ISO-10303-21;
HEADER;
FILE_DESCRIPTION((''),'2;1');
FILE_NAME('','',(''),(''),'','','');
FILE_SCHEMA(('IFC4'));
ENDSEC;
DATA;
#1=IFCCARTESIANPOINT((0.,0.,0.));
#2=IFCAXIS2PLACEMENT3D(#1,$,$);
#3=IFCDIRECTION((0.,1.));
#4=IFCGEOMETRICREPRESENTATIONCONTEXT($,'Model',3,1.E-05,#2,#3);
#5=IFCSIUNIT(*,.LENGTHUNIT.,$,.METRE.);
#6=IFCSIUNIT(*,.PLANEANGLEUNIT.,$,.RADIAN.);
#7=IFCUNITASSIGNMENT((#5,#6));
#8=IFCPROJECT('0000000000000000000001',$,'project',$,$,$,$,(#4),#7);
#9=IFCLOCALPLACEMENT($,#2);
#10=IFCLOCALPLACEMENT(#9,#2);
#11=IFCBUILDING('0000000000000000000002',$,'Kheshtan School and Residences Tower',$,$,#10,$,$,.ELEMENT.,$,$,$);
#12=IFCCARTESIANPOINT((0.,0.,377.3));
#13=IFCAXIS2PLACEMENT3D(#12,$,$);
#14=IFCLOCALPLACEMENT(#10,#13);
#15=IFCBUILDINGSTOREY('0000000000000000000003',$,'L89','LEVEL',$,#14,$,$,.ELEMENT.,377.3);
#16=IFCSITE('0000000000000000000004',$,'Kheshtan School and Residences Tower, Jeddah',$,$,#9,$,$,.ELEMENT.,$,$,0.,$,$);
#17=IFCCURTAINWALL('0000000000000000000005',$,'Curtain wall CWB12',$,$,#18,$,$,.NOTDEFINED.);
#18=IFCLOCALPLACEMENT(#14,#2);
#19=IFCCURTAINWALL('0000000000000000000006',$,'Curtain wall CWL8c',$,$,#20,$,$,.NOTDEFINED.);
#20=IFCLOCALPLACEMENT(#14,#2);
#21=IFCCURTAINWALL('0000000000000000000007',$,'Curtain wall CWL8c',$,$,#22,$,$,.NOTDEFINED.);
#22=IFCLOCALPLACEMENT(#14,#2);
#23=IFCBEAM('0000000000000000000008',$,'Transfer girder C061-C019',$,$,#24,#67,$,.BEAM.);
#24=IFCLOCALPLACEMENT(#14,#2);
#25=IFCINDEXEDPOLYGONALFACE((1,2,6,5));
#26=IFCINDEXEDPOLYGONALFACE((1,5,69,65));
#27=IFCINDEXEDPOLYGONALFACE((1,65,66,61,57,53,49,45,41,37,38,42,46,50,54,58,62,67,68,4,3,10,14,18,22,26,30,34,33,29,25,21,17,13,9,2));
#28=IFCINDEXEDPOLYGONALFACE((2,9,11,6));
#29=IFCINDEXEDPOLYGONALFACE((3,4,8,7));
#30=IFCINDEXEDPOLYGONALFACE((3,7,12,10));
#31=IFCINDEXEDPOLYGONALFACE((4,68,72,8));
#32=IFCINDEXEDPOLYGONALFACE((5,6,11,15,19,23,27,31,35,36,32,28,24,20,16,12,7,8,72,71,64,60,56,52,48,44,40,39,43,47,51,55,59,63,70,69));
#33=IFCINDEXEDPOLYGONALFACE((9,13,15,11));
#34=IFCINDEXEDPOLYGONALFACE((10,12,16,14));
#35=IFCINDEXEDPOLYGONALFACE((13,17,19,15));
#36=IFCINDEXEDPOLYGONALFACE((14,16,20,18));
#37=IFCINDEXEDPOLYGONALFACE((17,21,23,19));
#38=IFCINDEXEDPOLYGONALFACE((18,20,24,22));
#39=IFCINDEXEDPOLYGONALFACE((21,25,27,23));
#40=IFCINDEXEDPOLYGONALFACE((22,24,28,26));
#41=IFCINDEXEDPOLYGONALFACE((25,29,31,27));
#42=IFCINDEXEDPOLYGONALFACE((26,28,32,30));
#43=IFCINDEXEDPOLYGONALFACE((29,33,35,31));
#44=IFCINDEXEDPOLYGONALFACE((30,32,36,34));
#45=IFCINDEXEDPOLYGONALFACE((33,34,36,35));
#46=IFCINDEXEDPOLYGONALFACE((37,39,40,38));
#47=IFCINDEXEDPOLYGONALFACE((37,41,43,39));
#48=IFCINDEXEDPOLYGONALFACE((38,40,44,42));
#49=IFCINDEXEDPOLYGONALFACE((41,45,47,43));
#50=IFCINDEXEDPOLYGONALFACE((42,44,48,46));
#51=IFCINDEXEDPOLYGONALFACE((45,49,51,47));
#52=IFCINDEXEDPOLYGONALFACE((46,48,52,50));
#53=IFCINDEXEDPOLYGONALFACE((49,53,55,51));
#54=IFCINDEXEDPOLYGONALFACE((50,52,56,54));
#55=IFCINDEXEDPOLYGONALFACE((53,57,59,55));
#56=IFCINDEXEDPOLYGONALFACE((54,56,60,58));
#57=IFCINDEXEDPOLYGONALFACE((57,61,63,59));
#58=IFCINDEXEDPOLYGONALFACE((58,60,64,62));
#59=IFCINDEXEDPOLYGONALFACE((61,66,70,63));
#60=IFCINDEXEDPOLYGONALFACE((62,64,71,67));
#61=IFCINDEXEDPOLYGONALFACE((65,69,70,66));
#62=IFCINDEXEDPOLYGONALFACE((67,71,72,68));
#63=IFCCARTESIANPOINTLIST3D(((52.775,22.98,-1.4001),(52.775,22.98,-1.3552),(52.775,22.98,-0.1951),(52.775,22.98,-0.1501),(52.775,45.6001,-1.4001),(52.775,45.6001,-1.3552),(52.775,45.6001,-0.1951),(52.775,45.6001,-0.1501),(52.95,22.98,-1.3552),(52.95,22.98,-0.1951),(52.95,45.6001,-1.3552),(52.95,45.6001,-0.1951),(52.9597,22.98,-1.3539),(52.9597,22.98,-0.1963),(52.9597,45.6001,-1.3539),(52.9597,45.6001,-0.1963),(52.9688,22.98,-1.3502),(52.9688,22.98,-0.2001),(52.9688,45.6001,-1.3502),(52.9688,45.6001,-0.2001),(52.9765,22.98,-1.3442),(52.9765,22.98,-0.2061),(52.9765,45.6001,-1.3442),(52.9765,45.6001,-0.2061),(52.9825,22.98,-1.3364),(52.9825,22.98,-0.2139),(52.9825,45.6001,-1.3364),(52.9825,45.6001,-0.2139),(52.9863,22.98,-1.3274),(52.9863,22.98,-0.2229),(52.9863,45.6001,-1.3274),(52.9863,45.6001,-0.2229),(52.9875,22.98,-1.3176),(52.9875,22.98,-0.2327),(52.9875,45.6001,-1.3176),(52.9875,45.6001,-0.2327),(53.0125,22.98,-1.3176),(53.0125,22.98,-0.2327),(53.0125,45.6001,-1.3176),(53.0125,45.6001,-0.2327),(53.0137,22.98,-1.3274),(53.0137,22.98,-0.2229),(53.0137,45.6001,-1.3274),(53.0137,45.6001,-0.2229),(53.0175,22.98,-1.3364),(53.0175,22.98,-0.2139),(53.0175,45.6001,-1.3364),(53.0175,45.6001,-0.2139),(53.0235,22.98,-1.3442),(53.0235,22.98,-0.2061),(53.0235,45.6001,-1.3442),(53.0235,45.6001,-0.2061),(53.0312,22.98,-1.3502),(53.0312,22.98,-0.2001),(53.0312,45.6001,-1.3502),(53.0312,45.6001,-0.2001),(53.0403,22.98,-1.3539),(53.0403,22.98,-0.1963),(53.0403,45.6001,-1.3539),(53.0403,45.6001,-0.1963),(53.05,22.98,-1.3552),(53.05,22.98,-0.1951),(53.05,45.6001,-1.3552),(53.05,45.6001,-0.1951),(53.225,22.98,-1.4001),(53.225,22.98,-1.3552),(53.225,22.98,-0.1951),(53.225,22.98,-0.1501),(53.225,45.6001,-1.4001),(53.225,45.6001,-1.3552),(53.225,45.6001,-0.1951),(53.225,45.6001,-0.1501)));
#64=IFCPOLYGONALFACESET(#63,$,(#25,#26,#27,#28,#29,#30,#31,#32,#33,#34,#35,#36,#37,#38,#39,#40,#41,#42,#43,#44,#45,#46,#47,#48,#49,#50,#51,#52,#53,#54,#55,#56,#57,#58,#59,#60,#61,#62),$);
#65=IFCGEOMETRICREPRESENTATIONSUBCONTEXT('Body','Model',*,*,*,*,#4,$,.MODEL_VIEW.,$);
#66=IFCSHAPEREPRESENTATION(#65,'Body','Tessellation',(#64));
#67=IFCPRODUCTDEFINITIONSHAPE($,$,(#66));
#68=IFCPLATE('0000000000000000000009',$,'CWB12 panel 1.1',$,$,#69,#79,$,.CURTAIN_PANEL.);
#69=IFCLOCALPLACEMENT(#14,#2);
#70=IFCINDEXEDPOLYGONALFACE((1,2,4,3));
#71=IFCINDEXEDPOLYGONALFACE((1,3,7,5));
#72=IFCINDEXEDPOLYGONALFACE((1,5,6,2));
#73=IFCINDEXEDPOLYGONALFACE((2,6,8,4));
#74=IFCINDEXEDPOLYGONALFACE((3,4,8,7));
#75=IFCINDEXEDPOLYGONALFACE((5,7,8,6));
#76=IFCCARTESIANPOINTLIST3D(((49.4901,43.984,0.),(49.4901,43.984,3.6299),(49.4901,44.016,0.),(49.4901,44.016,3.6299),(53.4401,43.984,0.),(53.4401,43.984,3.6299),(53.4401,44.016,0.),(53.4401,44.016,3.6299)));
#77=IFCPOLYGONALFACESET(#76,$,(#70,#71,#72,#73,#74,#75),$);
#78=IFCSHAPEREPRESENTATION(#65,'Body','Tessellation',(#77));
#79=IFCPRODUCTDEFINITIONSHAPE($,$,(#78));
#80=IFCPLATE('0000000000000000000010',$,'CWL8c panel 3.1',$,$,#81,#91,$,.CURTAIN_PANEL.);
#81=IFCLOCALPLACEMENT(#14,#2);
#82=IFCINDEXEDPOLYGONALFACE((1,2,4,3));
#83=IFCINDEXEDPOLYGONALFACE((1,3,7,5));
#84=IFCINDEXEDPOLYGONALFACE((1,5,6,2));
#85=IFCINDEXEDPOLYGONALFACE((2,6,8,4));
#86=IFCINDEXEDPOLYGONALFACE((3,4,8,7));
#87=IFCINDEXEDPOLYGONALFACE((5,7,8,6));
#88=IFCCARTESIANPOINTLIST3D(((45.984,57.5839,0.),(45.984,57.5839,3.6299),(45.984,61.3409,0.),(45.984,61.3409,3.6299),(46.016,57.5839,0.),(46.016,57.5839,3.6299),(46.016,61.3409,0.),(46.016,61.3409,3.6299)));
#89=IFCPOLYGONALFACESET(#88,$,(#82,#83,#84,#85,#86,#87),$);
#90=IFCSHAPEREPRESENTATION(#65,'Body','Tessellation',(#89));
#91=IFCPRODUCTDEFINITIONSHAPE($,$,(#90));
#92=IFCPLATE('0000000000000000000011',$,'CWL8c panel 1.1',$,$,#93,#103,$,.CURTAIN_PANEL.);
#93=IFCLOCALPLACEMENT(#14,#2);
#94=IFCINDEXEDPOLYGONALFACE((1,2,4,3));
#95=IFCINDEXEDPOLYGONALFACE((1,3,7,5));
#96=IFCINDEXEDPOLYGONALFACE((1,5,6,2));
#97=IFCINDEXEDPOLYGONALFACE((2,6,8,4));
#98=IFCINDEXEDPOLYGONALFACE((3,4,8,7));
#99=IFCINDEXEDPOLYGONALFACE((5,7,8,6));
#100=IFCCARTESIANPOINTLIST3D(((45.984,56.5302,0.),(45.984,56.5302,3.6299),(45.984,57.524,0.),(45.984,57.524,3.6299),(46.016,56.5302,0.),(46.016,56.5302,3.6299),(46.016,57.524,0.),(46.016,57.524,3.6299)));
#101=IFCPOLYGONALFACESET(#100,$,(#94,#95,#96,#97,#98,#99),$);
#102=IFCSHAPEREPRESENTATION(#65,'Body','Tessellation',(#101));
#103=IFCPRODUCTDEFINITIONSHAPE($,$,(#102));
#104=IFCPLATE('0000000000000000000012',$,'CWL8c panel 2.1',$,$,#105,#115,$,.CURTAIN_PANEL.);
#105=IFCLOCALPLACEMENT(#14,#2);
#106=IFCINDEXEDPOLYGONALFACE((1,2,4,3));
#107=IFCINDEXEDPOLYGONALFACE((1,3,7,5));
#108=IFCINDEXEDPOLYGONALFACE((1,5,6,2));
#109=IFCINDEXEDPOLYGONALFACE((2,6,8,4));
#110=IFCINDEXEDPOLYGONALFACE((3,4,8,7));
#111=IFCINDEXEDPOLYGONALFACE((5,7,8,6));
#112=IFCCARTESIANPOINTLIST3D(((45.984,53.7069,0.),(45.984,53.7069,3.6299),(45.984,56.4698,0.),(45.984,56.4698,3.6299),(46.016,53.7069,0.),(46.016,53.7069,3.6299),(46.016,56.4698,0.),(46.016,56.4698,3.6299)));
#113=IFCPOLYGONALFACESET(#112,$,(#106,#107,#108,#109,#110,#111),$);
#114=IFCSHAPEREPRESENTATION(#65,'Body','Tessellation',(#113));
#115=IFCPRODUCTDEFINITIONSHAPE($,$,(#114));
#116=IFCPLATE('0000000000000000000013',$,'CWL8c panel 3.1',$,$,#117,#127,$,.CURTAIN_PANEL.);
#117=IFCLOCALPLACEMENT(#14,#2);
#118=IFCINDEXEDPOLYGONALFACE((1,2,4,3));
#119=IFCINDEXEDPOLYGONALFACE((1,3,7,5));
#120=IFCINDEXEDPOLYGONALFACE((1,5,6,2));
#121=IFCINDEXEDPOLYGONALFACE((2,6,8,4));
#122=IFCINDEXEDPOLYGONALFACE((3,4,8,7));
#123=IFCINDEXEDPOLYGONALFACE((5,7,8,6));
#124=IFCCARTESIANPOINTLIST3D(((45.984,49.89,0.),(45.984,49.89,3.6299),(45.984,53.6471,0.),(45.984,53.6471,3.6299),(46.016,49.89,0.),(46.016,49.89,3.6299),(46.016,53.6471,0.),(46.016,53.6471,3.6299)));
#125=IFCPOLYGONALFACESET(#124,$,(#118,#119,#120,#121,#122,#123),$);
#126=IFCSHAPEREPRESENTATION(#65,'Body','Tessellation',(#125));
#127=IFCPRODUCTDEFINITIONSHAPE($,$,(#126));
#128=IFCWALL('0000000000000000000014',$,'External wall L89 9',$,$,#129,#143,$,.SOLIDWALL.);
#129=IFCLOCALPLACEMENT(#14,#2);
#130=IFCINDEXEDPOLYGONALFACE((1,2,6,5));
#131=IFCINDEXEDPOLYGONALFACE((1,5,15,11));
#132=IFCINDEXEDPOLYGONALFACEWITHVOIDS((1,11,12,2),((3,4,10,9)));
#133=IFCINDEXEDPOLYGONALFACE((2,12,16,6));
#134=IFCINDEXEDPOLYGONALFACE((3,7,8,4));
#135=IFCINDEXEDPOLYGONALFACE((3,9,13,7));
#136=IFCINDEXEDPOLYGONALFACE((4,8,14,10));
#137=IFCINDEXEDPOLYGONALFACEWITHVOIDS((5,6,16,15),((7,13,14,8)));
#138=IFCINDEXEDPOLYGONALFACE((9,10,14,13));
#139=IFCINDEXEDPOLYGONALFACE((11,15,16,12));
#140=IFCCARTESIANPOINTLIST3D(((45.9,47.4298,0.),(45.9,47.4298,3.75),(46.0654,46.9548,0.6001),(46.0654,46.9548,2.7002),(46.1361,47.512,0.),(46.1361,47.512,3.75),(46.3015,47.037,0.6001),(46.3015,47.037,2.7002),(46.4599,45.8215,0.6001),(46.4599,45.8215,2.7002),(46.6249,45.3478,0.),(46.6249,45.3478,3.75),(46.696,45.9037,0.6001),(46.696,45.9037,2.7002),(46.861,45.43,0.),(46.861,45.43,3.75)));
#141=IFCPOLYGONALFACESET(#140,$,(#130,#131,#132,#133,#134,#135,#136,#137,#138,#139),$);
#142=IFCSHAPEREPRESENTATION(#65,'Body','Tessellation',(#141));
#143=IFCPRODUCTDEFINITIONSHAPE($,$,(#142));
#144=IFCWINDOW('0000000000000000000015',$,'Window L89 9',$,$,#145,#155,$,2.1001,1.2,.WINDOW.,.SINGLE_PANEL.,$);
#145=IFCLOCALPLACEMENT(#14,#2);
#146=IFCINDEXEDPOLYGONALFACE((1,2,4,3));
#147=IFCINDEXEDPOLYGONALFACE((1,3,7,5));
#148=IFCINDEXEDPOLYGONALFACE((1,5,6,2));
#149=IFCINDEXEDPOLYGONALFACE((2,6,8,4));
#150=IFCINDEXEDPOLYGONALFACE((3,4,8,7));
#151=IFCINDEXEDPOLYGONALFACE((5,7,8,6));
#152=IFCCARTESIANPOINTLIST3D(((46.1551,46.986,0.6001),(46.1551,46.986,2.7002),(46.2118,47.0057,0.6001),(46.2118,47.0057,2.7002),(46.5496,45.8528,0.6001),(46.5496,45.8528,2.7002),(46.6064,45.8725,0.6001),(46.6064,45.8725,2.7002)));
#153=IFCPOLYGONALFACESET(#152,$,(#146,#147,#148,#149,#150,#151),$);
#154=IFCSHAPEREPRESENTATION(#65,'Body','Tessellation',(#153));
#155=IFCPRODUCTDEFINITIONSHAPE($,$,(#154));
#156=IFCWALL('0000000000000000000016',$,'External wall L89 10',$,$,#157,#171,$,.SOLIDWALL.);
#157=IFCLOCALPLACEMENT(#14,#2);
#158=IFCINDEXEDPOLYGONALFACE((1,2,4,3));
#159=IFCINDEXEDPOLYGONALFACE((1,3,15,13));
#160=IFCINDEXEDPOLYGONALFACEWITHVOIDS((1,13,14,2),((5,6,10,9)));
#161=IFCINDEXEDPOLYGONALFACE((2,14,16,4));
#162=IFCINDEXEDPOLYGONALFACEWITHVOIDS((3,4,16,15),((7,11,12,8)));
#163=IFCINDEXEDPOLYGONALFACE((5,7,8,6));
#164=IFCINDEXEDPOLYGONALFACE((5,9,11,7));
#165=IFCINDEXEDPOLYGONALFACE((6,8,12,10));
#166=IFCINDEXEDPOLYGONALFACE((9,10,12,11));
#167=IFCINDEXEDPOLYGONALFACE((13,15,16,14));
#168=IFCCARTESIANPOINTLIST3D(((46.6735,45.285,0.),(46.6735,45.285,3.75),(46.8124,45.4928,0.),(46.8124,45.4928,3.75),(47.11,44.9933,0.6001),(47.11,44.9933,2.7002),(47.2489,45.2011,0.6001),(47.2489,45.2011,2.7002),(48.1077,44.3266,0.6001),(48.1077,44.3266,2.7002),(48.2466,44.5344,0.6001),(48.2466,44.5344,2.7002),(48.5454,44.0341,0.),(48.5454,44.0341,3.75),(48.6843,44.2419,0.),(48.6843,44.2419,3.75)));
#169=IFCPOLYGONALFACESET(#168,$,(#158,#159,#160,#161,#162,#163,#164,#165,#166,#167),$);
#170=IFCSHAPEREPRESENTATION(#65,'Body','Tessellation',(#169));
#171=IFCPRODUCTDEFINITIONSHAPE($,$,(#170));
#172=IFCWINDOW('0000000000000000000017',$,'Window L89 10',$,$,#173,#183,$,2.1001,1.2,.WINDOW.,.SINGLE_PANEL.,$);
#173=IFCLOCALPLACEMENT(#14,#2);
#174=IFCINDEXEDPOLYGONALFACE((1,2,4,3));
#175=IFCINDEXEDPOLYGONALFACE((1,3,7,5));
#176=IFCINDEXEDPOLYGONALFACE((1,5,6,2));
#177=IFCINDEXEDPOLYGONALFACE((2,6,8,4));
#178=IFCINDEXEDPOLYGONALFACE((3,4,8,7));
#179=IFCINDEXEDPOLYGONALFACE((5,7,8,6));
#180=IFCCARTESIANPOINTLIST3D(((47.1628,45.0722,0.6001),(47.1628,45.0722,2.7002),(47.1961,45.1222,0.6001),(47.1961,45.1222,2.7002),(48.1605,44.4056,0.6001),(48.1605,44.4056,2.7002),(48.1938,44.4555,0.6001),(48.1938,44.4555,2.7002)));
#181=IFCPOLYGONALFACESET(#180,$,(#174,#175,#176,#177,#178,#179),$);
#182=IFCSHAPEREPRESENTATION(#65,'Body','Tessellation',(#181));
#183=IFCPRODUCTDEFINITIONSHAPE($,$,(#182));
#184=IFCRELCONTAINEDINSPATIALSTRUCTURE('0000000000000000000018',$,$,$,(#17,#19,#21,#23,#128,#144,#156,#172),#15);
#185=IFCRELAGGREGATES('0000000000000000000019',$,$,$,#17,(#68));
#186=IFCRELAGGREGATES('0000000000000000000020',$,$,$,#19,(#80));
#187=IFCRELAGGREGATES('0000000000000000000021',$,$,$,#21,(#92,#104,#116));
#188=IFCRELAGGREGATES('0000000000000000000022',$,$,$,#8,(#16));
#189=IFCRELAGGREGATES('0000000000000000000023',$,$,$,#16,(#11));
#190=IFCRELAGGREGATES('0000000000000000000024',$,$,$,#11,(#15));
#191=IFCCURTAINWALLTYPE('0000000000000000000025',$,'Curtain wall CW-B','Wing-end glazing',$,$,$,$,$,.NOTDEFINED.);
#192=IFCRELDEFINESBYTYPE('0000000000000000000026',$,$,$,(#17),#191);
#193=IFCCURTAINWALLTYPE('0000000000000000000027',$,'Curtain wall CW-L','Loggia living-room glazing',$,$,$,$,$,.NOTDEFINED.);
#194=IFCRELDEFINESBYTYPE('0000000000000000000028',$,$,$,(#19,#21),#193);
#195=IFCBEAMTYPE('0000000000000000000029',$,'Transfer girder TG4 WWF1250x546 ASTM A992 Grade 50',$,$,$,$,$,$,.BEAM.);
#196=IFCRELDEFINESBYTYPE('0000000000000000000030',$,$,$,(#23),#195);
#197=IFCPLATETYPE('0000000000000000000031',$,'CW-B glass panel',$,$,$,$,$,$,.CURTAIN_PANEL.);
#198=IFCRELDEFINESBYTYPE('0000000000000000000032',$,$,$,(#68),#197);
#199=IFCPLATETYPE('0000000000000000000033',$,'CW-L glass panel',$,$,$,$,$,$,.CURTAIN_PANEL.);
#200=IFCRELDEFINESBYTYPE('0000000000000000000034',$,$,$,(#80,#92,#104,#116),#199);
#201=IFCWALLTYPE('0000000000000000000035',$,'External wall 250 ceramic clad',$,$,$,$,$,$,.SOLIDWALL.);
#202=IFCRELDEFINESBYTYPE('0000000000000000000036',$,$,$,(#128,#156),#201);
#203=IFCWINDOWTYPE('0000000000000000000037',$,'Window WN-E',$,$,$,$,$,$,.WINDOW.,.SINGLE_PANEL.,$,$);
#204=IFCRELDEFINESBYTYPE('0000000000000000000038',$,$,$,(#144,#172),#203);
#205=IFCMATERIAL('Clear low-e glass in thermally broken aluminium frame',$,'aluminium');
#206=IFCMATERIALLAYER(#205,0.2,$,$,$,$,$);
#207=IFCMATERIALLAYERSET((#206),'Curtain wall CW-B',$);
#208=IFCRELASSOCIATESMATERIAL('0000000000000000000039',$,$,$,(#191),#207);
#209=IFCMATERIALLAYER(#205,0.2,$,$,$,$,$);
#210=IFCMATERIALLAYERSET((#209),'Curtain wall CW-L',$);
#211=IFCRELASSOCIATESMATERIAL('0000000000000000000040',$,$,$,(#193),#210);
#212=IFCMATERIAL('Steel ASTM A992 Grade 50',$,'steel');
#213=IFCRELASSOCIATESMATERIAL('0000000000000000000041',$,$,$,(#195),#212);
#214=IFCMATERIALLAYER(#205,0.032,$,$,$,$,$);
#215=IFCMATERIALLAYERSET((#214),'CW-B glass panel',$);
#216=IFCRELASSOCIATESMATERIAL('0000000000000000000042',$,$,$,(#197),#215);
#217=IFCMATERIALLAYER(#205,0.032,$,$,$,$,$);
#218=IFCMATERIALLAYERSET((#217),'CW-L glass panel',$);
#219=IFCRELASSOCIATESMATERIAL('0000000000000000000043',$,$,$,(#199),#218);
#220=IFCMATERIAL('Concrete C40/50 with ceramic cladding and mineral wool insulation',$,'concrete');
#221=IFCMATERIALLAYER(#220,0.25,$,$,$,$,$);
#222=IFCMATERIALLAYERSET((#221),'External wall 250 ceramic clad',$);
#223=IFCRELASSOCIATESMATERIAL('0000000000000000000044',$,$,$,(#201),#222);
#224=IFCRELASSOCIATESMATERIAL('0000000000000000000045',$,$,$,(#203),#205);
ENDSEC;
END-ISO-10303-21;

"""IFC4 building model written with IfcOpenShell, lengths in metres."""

from ifc_helpers import new_model, si_unit, direction, frame, frame_2d, origin, origin_2d, place, context, subcontext, project, spatial, rectangle, i_section, extrude, source, transform, mapped, material, layer, layer_set, material_profile, profile_set, type_object, element, fill, aggregate, save


model = new_model("IFC4")

# Units and contexts
model_context = context("Model", 3, precision=1e-05, world=origin(), true_north=direction((0.0, 1.0)))
body_context = subcontext(model_context, "Body", "Model", "MODEL_VIEW")
ifc_project = project(units=[si_unit("LENGTHUNIT", "METRE"), si_unit("PLANEANGLEUNIT", "RADIAN")], contexts=[model_context])

# Site, building, storey
site_placement = place(None, origin())
site = spatial("IfcSite", under=ifc_project, at=site_placement, Name="Kheshtan School and Residences Tower, Jeddah", CompositionType="ELEMENT", RefElevation=0.0)
building_placement = place(site_placement, origin())
building = spatial("IfcBuilding", under=site, at=building_placement, Name="Kheshtan School and Residences Tower", CompositionType="ELEMENT")
storey_placement = place(building_placement, frame((0.0, 0.0, 377.3)))
storey = spatial("IfcBuildingStorey", under=building, at=storey_placement, Name="L89", Description="LEVEL", CompositionType="ELEMENT", Elevation=377.3)

# Shared definitions
ifc_material_1 = material(Name="Steel ASTM A992 Grade 50", Category="steel")

# Curtain wall
ifc_material_2 = material(Name="Clear low-e glass in thermally broken aluminium frame", Category="aluminium")
ifc_layer_1 = layer(ifc_material_2, 0.2)
ifc_layer_set_1 = layer_set([ifc_layer_1], Name="Curtain wall CW-B")
curtain_wall_type_1 = type_object("IfcCurtainWallType", Name="Curtain wall CW-B", Description="Wing-end glazing", PredefinedType="NOTDEFINED", material=ifc_layer_set_1)
curtain_wall_1_placement = place(storey_placement, origin())
curtain_wall_1 = element("IfcCurtainWall", 1, at=curtain_wall_1_placement, inside=storey, type_object=curtain_wall_type_1, Name="Curtain wall CWB12", PredefinedType="NOTDEFINED")

# Curtain wall
ifc_layer_2 = layer(ifc_material_2, 0.2)
ifc_layer_set_2 = layer_set([ifc_layer_2], Name="Curtain wall CW-L")
curtain_wall_type_2 = type_object("IfcCurtainWallType", Name="Curtain wall CW-L", Description="Loggia living-room glazing", PredefinedType="NOTDEFINED", material=ifc_layer_set_2)
curtain_wall_2_placement = place(storey_placement, origin())
curtain_wall_2 = element("IfcCurtainWall", 2, at=curtain_wall_2_placement, inside=storey, type_object=curtain_wall_type_2, Name="Curtain wall CWL8c", PredefinedType="NOTDEFINED")

# Curtain wall
curtain_wall_3_placement = place(storey_placement, origin())
curtain_wall_3 = element("IfcCurtainWall", 3, at=curtain_wall_3_placement, inside=storey, type_object=curtain_wall_type_2, Name="Curtain wall CWL8c", PredefinedType="NOTDEFINED")

# Beam
ifc_material_profile_1 = material_profile(ifc_material_1, i_section(OverallWidth=0.45, OverallDepth=1.25, WebThickness=0.0249, FlangeThickness=0.0449, FilletRadius=0.0376, at=origin_2d()), Name="WWF1250x546")
ifc_profile_set_1 = profile_set([ifc_material_profile_1], Name="Steel ASTM A992 Grade 50")
beam_type_1 = type_object("IfcBeamType", Name="Transfer girder TG4 WWF1250x546 ASTM A992 Grade 50", PredefinedType="BEAM", material=ifc_profile_set_1)
beam_1_placement = place(storey_placement, frame((53.0, 45.6001, -0.7751), z_axis=(0.0, -1.0, 0.0), x_axis=(1.0, 0.0, 0.0)))
element("IfcBeam", 4, at=beam_1_placement, inside=storey, type_object=beam_type_1, Name="Transfer girder C061-C019", PredefinedType="BEAM", context=body_context, shape_type="SweptSolid", body=[
    extrude(i_section(OverallWidth=0.45, OverallDepth=1.25, WebThickness=0.0249, FlangeThickness=0.0449, FilletRadius=0.0376, at=origin_2d()), origin(), (0.0, 0.0, 1.0), 22.6201),
])

# Plates
ifc_layer_3 = layer(ifc_material_2, 0.032)
ifc_layer_set_3 = layer_set([ifc_layer_3], Name="CW-B glass panel")
plate_type_1 = type_object("IfcPlateType", Name="CW-B glass panel", PredefinedType="CURTAIN_PANEL", material=ifc_layer_set_3)
plate_1_placement = place(storey_placement, frame((51.4651, 44.0, 0.0), z_axis=(0.0, 0.0, 1.0), x_axis=(1.0, 0.0, 0.0)))
plate_1 = element("IfcPlate", 5, at=plate_1_placement, type_object=plate_type_1, Name="CWB12 panel 1.1", PredefinedType="CURTAIN_PANEL", context=body_context, shape_type="SweptSolid", body=[
    extrude(rectangle(XDim=3.95, YDim=0.032, at=origin_2d()), origin(), (0.0, 0.0, 1.0), 3.6299),
])
aggregate(curtain_wall_1, [plate_1])
ifc_layer_4 = layer(ifc_material_2, 0.032)
ifc_layer_set_4 = layer_set([ifc_layer_4], Name="CW-L glass panel")
plate_type_2 = type_object("IfcPlateType", Name="CW-L glass panel", PredefinedType="CURTAIN_PANEL", material=ifc_layer_set_4)
plate_2_placement = place(storey_placement, frame((46.0, 59.4624, 0.0), z_axis=(0.0, 0.0, 1.0), x_axis=(0.0, -1.0, 0.0)))
plate_2 = element("IfcPlate", 6, at=plate_2_placement, type_object=plate_type_2, Name="CWL8c panel 3.1", PredefinedType="CURTAIN_PANEL", context=body_context, shape_type="SweptSolid", body=[
    extrude(rectangle(XDim=3.7571, YDim=0.032, at=origin_2d()), origin(), (0.0, 0.0, 1.0), 3.6299),
])
aggregate(curtain_wall_2, [plate_2])
plate_3_placement = place(storey_placement, frame((46.0, 57.0271, 0.0), z_axis=(0.0, 0.0, 1.0), x_axis=(0.0, -1.0, 0.0)))
plate_3 = element("IfcPlate", 7, at=plate_3_placement, type_object=plate_type_2, Name="CWL8c panel 1.1", PredefinedType="CURTAIN_PANEL", context=body_context, shape_type="SweptSolid", body=[
    extrude(rectangle(XDim=0.9939, YDim=0.032, at=origin_2d()), origin(), (0.0, 0.0, 1.0), 3.6299),
])
plate_4_placement = place(storey_placement, frame((46.0, 55.0884, 0.0), z_axis=(0.0, 0.0, 1.0), x_axis=(0.0, -1.0, 0.0)))
plate_4 = element("IfcPlate", 8, at=plate_4_placement, type_object=plate_type_2, Name="CWL8c panel 2.1", PredefinedType="CURTAIN_PANEL", context=body_context, shape_type="SweptSolid", body=[
    extrude(rectangle(XDim=2.7629, YDim=0.032, at=origin_2d()), origin(), (0.0, 0.0, 1.0), 3.6299),
])
plate_5_placement = place(storey_placement, frame((46.0, 51.7686, 0.0), z_axis=(0.0, 0.0, 1.0), x_axis=(0.0, -1.0, 0.0)))
plate_5 = element("IfcPlate", 9, at=plate_5_placement, type_object=plate_type_2, Name="CWL8c panel 3.1", PredefinedType="CURTAIN_PANEL", context=body_context, shape_type="SweptSolid", body=[
    extrude(rectangle(XDim=3.7571, YDim=0.032, at=origin_2d()), origin(), (0.0, 0.0, 1.0), 3.6299),
])
aggregate(curtain_wall_3, [plate_3, plate_4, plate_5])

# Walls, openings, windows
ifc_material_3 = material(Name="Concrete C40/50 with ceramic cladding and mineral wool insulation", Category="concrete")
ifc_layer_5 = layer(ifc_material_3, 0.25)
ifc_layer_set_5 = layer_set([ifc_layer_5], Name="External wall 250 ceramic clad")
wall_type_1 = type_object("IfcWallType", Name="External wall 250 ceramic clad", PredefinedType="SOLIDWALL", material=ifc_layer_set_5)
wall_1_placement = place(storey_placement, frame((46.0181, 47.4709, 0.0), z_axis=(0.0, 0.0, 1.0), x_axis=(0.328791, -0.944403, 0.0)))
wall_1 = element("IfcWall", 10, at=wall_1_placement, inside=storey, type_object=wall_type_1, Name="External wall L89 9", PredefinedType="SOLIDWALL", context=body_context, shape_type="SweptSolid", body=[
    extrude(rectangle(XDim=2.2046, YDim=0.25, at=frame_2d((1.1023, 0.0))), origin(), (0.0, 0.0, 1.0), 3.75),
])
opening_1_placement = place(wall_1_placement, frame((0.5029, 0.0, 0.6001)))
opening_1 = element("IfcOpeningElement", 11, at=opening_1_placement, cuts=wall_1, PredefinedType="OPENING", context=body_context, shape_type="SweptSolid", body=[
    extrude(rectangle(XDim=1.2, YDim=2.1001, at=frame_2d((0.6001, 1.05))), frame((0.0, 0.135, 0.0), z_axis=(0.0, -1.0, 0.0), x_axis=(1.0, 0.0, 0.0)), (0.0, 0.0, 1.0), 0.27),
])
window_type = type_object("IfcWindowType", Name="Window WN-E", PartitioningType="SINGLE_PANEL", PredefinedType="WINDOW", material=ifc_material_2)
shared_shape_1 = source(origin(), body_context, "Body", "SweptSolid", [
    extrude(rectangle(XDim=1.2, YDim=2.1001, at=frame_2d((0.6001, 1.05))), frame((0.0, 0.03, 0.0), z_axis=(0.0, -1.0, 0.0), x_axis=(1.0, 0.0, 0.0)), (0.0, 0.0, 1.0), 0.0601),
])
window_1_placement = place(opening_1_placement, origin())
window_1 = element("IfcWindow", 12, at=window_1_placement, inside=storey, type_object=window_type, Name="Window L89 9", OverallHeight=2.1001, OverallWidth=1.2, PartitioningType="SINGLE_PANEL", PredefinedType="WINDOW", context=body_context, shape_type="MappedRepresentation", body=[
    mapped(shared_shape_1, transform((0.0, 0.0, 0.0), x_axis=(1.0, 0.0, 0.0), y_axis=(0.0, 1.0, 0.0), z_axis=(0.0, 0.0, 1.0), scale=1.0)),
])
fill(opening_1, window_1)
wall_2_placement = place(storey_placement, frame((46.7429, 45.3889, 0.0), z_axis=(0.0, 0.0, 1.0), x_axis=(0.831449, -0.555601, 0.0)))
wall_2 = element("IfcWall", 13, at=wall_2_placement, inside=storey, type_object=wall_type_1, Name="External wall L89 10", PredefinedType="SOLIDWALL", context=body_context, shape_type="SweptSolid", body=[
    extrude(rectangle(XDim=2.2515, YDim=0.25, at=frame_2d((1.1257, 0.0))), origin(), (0.0, 0.0, 1.0), 3.75),
])
opening_2_placement = place(wall_2_placement, frame((0.5249, 0.0, 0.6001)))
opening_2 = element("IfcOpeningElement", 14, at=opening_2_placement, cuts=wall_2, PredefinedType="OPENING", context=body_context, shape_type="SweptSolid", body=[
    extrude(rectangle(XDim=1.2, YDim=2.1001, at=frame_2d((0.6001, 1.05))), frame((0.0, 0.135, 0.0), z_axis=(0.0, -1.0, 0.0), x_axis=(1.0, 0.0, 0.0)), (0.0, 0.0, 1.0), 0.27),
])
window_2_placement = place(opening_2_placement, origin())
window_2 = element("IfcWindow", 15, at=window_2_placement, inside=storey, type_object=window_type, Name="Window L89 10", OverallHeight=2.1001, OverallWidth=1.2, PartitioningType="SINGLE_PANEL", PredefinedType="WINDOW", context=body_context, shape_type="MappedRepresentation", body=[
    mapped(shared_shape_1, transform((0.0, 0.0, 0.0), x_axis=(1.0, 0.0, 0.0), y_axis=(0.0, 1.0, 0.0), z_axis=(0.0, 0.0, 1.0), scale=1.0)),
])
fill(opening_2, window_2)

save(model, "model.ifc")
